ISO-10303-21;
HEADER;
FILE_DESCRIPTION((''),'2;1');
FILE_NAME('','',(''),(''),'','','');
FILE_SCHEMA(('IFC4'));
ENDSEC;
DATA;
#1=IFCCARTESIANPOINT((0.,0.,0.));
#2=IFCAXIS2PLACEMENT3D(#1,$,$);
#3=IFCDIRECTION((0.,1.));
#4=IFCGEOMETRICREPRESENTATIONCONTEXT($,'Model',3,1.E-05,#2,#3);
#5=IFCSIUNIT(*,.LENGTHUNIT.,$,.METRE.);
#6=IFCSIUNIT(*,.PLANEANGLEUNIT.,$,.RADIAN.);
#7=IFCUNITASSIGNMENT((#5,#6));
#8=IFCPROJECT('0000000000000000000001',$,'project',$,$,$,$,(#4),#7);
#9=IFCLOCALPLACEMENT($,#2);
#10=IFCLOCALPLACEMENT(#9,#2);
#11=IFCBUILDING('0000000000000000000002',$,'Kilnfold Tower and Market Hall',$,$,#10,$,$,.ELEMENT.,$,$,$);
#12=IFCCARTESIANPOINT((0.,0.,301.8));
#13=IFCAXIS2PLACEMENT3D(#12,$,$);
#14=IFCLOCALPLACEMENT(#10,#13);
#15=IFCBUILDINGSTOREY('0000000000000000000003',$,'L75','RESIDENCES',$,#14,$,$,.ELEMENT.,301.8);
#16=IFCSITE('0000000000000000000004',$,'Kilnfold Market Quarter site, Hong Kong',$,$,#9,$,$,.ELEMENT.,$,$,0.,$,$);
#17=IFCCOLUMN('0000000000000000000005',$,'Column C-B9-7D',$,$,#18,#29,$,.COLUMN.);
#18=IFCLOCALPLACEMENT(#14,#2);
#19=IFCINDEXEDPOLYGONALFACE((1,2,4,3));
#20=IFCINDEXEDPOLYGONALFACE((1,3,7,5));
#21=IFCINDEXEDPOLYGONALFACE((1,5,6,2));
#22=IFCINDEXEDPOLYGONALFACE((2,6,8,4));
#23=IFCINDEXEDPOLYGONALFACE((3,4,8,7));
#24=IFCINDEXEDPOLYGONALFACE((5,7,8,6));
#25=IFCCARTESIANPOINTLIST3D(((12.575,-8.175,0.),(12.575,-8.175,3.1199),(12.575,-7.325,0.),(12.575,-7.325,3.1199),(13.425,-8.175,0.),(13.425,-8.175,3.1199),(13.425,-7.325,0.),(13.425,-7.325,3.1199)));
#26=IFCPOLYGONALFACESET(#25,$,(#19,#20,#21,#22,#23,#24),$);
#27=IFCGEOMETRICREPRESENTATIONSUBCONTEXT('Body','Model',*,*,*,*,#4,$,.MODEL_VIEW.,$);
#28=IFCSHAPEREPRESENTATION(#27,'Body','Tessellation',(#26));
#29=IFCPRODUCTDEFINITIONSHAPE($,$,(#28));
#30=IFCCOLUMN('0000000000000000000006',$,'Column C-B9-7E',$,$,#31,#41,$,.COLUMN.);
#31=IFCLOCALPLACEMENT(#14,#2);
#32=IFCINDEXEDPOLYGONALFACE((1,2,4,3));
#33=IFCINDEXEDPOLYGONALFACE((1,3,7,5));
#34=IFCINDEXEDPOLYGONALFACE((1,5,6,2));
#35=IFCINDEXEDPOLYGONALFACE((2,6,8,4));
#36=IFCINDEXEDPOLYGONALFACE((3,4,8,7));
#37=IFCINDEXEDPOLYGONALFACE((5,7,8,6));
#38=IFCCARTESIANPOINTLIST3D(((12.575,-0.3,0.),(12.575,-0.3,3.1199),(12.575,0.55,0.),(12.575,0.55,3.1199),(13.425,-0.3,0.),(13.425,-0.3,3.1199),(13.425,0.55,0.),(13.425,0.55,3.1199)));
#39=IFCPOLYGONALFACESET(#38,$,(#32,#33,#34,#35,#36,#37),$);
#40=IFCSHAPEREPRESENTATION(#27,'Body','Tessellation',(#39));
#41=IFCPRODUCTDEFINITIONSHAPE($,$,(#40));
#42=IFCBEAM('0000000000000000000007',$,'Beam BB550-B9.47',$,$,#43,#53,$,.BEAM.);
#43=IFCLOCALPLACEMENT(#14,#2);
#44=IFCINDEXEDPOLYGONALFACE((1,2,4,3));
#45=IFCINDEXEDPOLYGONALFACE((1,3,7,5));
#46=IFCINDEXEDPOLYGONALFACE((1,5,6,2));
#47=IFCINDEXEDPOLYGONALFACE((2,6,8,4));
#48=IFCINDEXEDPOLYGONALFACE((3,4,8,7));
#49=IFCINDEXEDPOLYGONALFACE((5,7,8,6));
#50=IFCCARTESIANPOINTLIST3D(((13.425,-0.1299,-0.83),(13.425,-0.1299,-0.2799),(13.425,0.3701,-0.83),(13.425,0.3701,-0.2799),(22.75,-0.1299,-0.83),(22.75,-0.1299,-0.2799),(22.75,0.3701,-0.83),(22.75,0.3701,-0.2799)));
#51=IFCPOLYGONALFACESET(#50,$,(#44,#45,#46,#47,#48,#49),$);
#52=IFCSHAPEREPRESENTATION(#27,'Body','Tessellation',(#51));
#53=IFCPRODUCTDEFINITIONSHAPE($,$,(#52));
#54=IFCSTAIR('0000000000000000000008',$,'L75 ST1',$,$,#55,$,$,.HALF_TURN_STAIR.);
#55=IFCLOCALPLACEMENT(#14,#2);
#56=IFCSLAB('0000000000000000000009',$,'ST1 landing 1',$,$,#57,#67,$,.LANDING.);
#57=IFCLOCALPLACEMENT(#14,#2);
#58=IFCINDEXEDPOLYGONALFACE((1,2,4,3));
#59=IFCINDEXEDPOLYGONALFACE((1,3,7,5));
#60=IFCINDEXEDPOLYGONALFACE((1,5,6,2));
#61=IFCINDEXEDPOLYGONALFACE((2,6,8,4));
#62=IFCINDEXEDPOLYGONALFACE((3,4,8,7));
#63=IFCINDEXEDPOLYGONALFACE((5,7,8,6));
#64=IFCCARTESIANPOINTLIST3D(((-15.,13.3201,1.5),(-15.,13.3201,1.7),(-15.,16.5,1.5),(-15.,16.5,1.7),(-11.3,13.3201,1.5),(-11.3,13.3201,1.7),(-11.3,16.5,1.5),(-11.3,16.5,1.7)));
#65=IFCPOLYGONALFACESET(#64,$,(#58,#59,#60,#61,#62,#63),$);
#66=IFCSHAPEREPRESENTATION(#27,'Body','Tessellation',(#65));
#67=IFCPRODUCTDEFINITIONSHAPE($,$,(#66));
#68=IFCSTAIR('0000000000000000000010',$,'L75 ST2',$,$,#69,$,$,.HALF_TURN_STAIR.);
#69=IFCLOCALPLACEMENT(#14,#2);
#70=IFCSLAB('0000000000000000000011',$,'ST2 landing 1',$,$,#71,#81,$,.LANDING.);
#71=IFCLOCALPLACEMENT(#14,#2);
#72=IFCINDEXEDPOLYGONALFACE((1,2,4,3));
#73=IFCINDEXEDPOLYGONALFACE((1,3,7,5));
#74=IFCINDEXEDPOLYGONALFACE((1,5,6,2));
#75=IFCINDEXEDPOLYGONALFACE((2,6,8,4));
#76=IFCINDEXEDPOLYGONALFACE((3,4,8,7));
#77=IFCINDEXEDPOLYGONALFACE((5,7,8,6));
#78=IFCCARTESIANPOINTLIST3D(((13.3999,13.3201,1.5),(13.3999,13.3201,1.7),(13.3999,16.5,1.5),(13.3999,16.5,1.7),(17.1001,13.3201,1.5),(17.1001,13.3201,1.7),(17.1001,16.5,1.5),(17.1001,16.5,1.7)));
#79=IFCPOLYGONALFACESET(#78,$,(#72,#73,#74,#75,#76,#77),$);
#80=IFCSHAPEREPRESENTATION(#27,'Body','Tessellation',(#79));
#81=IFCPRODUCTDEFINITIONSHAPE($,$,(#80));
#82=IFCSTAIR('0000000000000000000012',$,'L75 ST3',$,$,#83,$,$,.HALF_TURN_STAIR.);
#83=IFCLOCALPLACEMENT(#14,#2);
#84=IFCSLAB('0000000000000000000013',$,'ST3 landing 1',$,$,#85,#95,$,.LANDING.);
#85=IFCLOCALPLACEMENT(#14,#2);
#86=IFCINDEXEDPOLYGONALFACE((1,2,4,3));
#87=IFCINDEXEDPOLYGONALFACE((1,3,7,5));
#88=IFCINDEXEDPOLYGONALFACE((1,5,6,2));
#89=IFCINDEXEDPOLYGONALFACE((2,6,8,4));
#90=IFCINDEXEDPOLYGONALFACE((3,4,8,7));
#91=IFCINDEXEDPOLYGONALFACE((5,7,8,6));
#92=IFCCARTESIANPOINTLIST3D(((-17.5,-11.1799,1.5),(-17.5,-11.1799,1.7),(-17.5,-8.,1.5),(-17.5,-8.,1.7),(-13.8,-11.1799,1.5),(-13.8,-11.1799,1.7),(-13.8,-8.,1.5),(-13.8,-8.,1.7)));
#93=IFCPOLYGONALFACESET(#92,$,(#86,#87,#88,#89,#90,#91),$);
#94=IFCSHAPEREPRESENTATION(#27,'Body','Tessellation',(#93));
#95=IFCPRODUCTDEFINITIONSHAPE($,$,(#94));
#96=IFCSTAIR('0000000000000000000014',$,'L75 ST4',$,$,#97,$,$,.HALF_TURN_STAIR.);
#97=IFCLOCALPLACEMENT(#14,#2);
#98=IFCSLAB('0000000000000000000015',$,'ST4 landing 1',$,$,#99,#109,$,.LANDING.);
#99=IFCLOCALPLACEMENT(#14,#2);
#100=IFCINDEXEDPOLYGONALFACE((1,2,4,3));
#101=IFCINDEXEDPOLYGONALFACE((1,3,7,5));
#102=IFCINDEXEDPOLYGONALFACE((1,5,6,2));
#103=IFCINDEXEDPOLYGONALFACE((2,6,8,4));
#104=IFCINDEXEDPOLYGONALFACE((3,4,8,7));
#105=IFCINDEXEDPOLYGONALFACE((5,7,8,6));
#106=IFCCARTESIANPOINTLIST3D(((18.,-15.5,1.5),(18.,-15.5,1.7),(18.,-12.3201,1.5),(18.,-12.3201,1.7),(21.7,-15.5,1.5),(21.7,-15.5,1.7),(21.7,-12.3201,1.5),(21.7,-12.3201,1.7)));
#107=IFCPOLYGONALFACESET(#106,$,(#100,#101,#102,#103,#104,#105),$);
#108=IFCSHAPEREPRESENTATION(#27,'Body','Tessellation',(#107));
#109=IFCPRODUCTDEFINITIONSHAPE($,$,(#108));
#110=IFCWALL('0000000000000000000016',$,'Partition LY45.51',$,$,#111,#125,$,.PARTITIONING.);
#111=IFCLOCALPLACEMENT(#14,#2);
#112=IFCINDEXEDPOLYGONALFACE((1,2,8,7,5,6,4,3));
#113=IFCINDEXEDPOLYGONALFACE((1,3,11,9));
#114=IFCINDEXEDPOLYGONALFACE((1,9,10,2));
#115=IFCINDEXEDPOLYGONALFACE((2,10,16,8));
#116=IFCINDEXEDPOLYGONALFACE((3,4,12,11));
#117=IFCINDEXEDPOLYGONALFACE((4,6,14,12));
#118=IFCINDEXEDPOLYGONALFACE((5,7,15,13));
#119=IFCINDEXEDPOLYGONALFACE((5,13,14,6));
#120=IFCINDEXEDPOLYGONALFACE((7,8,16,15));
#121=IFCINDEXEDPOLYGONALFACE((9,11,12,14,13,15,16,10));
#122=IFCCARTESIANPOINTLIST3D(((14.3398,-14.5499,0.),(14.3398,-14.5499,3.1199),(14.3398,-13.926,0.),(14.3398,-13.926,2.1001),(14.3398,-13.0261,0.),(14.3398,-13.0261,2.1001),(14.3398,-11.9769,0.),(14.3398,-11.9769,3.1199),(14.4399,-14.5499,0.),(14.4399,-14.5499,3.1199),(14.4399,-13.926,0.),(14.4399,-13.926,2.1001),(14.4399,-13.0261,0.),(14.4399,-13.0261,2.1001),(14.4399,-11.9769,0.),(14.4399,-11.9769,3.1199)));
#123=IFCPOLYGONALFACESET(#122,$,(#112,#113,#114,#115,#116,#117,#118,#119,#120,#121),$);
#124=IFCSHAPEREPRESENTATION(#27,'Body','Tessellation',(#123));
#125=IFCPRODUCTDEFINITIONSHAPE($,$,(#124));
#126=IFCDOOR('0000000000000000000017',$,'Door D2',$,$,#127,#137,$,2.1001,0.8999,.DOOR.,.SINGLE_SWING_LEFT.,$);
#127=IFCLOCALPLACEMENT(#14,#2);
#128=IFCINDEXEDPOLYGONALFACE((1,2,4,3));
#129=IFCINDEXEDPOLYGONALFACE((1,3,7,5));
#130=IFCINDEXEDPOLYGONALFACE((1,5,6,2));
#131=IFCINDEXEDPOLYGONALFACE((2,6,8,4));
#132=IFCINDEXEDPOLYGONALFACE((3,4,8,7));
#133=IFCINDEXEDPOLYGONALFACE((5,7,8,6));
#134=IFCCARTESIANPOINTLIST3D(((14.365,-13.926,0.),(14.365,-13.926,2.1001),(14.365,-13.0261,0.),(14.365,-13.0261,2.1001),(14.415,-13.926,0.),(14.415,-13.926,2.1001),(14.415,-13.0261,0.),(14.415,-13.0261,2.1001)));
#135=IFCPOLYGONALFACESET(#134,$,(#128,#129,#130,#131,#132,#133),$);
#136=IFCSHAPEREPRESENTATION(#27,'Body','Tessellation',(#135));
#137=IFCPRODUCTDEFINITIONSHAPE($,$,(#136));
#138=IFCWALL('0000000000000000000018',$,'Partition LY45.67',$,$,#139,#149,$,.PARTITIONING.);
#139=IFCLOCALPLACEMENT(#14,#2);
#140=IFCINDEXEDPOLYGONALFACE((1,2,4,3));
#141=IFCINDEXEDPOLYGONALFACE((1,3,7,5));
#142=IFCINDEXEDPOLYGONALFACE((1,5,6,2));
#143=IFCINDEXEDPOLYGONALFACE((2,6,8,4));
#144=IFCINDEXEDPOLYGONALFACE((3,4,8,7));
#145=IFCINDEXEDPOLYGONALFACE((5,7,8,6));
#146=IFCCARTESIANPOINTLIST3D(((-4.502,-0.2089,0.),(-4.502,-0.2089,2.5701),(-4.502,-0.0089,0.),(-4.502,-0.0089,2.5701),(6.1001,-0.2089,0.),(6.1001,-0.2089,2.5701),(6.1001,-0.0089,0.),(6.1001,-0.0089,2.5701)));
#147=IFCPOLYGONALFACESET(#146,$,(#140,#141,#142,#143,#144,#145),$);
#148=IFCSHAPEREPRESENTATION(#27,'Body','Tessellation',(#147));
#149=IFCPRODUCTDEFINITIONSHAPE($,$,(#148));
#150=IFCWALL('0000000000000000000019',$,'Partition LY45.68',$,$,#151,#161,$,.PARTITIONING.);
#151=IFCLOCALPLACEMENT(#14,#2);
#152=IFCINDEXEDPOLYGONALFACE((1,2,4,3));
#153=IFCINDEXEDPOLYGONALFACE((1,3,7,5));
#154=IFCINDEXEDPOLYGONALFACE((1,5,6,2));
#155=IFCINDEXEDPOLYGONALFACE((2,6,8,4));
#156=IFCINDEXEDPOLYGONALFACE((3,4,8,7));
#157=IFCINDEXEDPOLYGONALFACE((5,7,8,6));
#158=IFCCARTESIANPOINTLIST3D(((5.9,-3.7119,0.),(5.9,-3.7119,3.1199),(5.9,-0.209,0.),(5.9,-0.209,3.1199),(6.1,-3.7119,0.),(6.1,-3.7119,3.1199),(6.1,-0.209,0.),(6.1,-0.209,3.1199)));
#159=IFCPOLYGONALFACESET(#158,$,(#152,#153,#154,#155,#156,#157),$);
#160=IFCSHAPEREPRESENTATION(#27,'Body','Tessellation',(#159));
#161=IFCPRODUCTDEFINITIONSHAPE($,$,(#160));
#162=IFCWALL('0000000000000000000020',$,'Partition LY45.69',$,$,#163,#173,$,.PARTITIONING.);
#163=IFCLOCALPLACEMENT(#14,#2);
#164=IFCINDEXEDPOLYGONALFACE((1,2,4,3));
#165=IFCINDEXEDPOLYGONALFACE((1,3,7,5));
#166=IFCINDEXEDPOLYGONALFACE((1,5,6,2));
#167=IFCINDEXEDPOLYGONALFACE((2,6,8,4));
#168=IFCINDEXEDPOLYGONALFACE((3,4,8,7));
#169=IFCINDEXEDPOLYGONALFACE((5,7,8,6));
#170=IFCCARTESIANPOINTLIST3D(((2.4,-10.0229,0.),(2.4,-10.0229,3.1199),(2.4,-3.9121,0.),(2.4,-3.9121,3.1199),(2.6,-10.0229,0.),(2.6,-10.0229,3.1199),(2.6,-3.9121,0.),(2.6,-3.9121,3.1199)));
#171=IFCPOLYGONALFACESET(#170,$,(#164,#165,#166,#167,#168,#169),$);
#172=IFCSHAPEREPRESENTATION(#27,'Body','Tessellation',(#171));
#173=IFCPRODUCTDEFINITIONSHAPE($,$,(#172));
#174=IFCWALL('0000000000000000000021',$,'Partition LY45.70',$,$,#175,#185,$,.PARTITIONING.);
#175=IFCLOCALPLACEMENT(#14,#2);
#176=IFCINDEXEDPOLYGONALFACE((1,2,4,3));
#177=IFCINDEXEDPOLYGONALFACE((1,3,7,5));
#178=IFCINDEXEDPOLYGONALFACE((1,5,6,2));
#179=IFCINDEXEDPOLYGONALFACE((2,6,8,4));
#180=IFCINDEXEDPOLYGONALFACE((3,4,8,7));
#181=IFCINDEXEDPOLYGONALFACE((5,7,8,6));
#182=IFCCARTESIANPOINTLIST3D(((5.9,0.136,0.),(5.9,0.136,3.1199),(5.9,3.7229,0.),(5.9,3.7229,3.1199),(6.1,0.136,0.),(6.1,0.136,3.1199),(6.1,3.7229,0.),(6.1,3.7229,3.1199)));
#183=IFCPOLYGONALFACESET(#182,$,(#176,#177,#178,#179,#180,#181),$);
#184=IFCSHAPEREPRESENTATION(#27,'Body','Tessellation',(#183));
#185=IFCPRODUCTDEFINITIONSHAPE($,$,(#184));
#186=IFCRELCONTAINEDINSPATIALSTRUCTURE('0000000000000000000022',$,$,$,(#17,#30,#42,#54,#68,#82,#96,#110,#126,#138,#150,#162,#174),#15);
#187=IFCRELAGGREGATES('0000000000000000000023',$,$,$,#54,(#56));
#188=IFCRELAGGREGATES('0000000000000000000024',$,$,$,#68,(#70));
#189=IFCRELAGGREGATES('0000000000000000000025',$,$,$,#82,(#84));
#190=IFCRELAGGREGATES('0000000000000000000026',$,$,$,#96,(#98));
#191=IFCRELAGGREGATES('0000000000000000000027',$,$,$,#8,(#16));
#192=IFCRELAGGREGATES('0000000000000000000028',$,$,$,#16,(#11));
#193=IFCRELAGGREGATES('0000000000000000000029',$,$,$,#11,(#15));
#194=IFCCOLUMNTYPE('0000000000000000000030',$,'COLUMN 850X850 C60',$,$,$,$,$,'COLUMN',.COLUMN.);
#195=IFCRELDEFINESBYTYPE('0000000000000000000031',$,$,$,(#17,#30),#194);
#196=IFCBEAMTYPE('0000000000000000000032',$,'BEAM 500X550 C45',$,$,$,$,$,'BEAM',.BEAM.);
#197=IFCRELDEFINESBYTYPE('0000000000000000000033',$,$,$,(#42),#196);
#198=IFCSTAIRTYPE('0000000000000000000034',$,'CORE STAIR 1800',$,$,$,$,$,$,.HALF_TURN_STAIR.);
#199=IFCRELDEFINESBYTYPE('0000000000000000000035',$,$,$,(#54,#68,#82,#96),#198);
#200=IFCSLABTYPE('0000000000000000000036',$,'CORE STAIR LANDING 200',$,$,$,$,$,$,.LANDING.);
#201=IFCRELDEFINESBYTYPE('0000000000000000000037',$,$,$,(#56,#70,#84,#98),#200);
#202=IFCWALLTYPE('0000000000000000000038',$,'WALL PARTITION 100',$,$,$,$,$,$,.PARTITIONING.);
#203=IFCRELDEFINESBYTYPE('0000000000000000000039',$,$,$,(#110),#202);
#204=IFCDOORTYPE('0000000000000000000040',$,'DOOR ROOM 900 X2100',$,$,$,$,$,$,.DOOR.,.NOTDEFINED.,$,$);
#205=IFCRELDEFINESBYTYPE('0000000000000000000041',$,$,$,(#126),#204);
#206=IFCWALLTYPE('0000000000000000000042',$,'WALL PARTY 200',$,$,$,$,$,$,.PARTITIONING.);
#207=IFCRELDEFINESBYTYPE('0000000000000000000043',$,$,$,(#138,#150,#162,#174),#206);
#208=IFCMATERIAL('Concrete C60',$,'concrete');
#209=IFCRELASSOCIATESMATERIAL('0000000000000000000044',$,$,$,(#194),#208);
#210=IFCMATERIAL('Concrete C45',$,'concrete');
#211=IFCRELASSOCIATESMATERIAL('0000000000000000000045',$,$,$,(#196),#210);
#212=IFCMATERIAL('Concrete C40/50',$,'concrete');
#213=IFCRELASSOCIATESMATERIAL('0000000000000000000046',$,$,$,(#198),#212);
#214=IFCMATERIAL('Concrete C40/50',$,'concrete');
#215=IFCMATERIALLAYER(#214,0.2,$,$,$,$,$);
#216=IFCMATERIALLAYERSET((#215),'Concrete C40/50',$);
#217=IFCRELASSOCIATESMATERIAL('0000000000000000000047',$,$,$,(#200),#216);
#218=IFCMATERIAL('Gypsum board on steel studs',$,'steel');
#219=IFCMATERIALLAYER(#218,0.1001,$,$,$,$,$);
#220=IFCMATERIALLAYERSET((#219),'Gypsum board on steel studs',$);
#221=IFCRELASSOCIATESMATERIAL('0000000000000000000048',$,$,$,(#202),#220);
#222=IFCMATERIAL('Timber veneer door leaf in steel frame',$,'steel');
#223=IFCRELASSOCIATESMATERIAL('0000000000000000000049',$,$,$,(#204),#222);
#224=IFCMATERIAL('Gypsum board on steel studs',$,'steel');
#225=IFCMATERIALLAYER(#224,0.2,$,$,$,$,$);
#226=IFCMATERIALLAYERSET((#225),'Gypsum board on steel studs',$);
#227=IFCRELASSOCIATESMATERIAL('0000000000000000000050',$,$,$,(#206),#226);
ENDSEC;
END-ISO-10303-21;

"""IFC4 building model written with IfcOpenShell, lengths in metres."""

from ifc_helpers import new_model, si_unit, direction, frame, frame_2d, origin, origin_2d, place, context, subcontext, project, spatial, polyline, rectangle, outline, extrude, source, transform, mapped, material, layer, layer_set, material_profile, profile_set, type_object, element, fill, aggregate, save


model = new_model("IFC4")

# Units and contexts
model_context = context("Model", 3, precision=1e-05, world=origin(), true_north=direction((0.0, 1.0)))
body_context = subcontext(model_context, "Body", "Model", "MODEL_VIEW")
ifc_project = project(units=[si_unit("LENGTHUNIT", "METRE"), si_unit("PLANEANGLEUNIT", "RADIAN")], contexts=[model_context])

# Site, building, storey
site_placement = place(None, origin())
site = spatial("IfcSite", under=ifc_project, at=site_placement, Name="Kilnfold Market Quarter site, Hong Kong", CompositionType="ELEMENT", RefElevation=0.0)
building_placement = place(site_placement, origin())
building = spatial("IfcBuilding", under=site, at=building_placement, Name="Kilnfold Tower and Market Hall", CompositionType="ELEMENT")
storey_placement = place(building_placement, frame((0.0, 0.0, 301.8)))
storey = spatial("IfcBuildingStorey", under=building, at=storey_placement, Name="L75", Description="RESIDENCES", CompositionType="ELEMENT", Elevation=301.8)

# Columns
ifc_material_1 = material(Name="Concrete C60", Category="concrete")
ifc_material_profile_1 = material_profile(ifc_material_1, rectangle(XDim=0.8501, YDim=0.8501, at=origin_2d()), Name="RC 850x850")
ifc_profile_set_1 = profile_set([ifc_material_profile_1], Name="Concrete C60")
column_type = type_object("IfcColumnType", Name="COLUMN 850X850 C60", ElementType="COLUMN", PredefinedType="COLUMN", material=ifc_profile_set_1)
shared_shape_1 = source(origin(), body_context, "Body", "SweptSolid", [
    extrude(rectangle(XDim=0.8501, YDim=0.8501, at=origin_2d()), origin(), (0.0, 0.0, 1.0), 3.1199),
])
for number, where, z_axis, x_axis, name in (
    (1, (13.0, -7.75, 0.0), (0.0, 0.0, 1.0), (1.0, 0.0, 0.0), "Column C-B9-7D"),
    (2, (13.0, 0.125, 0.0), (0.0, 0.0, 1.0), (1.0, 0.0, 0.0), "Column C-B9-7E"),
):
    element("IfcColumn", number, at=place(storey_placement, frame(where, z_axis=z_axis, x_axis=x_axis)), inside=storey, type_object=column_type, Name=name, PredefinedType="COLUMN", context=body_context, shape_type="MappedRepresentation", body=[
        mapped(shared_shape_1, transform((0.0, 0.0, 0.0))),
    ])

# Beam
ifc_material_2 = material(Name="Concrete C45", Category="concrete")
ifc_material_profile_2 = material_profile(ifc_material_2, rectangle(XDim=0.5, YDim=0.55, at=origin_2d()), Name="RC 500x550")
ifc_profile_set_2 = profile_set([ifc_material_profile_2], Name="Concrete C45")
beam_type = type_object("IfcBeamType", Name="BEAM 500X550 C45", ElementType="BEAM", PredefinedType="BEAM", material=ifc_profile_set_2)
shared_shape_2 = source(origin(), body_context, "Body", "SweptSolid", [
    extrude(rectangle(XDim=0.5, YDim=0.55, at=origin_2d()), origin(), (0.0, 0.0, 1.0), 9.325),
])
beam_placement = place(storey_placement, frame((13.425, 0.1201, -0.5549), z_axis=(1.0, 0.0, 0.0), x_axis=(0.0, 1.0, 0.0)))
element("IfcBeam", 3, at=beam_placement, inside=storey, type_object=beam_type, Name="Beam BB550-B9.47", PredefinedType="BEAM", context=body_context, shape_type="MappedRepresentation", body=[
    mapped(shared_shape_2, transform((0.0, 0.0, 0.0))),
])

# Stairs, slabs
ifc_material_3 = material(Name="Concrete C40/50", Category="concrete")
stair_type = type_object("IfcStairType", Name="CORE STAIR 1800", PredefinedType="HALF_TURN_STAIR", material=ifc_material_3)
stair_1_placement = place(storey_placement, origin())
stair_1 = element("IfcStair", 4, at=stair_1_placement, inside=storey, type_object=stair_type, Name="L75 ST1", PredefinedType="HALF_TURN_STAIR")
ifc_material_4 = material(Name="Concrete C40/50", Category="concrete")
ifc_layer_1 = layer(ifc_material_4, 0.2)
ifc_layer_set_1 = layer_set([ifc_layer_1], Name="Concrete C40/50")
slab_type = type_object("IfcSlabType", Name="CORE STAIR LANDING 200", PredefinedType="LANDING", material=ifc_layer_set_1)
shared_shape_3 = source(origin(), body_context, "Body", "SweptSolid", [
    extrude(outline(polyline([(-11.3, 13.3201), (-11.3, 16.5), (-15.0, 16.5), (-15.0, 13.3201), (-11.3, 13.3201)])), origin(), (0.0, 0.0, 1.0), 0.2),
])
slab_1_placement = place(storey_placement, frame((0.0, 0.0, 1.5)))
slab_1 = element("IfcSlab", 5, at=slab_1_placement, type_object=slab_type, Name="ST1 landing 1", PredefinedType="LANDING", context=body_context, shape_type="MappedRepresentation", body=[
    mapped(shared_shape_3, transform((0.0, 0.0, 0.0))),
])
aggregate(stair_1, [slab_1])
stair_2_placement = place(storey_placement, origin())
stair_2 = element("IfcStair", 6, at=stair_2_placement, inside=storey, type_object=stair_type, Name="L75 ST2", PredefinedType="HALF_TURN_STAIR")
shared_shape_4 = source(origin(), body_context, "Body", "SweptSolid", [
    extrude(outline(polyline([(17.1001, 13.3201), (17.1001, 16.5), (13.3999, 16.5), (13.3999, 13.3201), (17.1001, 13.3201)])), origin(), (0.0, 0.0, 1.0), 0.2),
])
slab_2_placement = place(storey_placement, frame((0.0, 0.0, 1.5)))
slab_2 = element("IfcSlab", 7, at=slab_2_placement, type_object=slab_type, Name="ST2 landing 1", PredefinedType="LANDING", context=body_context, shape_type="MappedRepresentation", body=[
    mapped(shared_shape_4, transform((0.0, 0.0, 0.0))),
])
aggregate(stair_2, [slab_2])
stair_3_placement = place(storey_placement, origin())
stair_3 = element("IfcStair", 8, at=stair_3_placement, inside=storey, type_object=stair_type, Name="L75 ST3", PredefinedType="HALF_TURN_STAIR")
shared_shape_5 = source(origin(), body_context, "Body", "SweptSolid", [
    extrude(outline(polyline([(-13.8, -11.1799), (-13.8, -8.0), (-17.5, -8.0), (-17.5, -11.1799), (-13.8, -11.1799)])), origin(), (0.0, 0.0, 1.0), 0.2),
])
slab_3_placement = place(storey_placement, frame((0.0, 0.0, 1.5)))
slab_3 = element("IfcSlab", 9, at=slab_3_placement, type_object=slab_type, Name="ST3 landing 1", PredefinedType="LANDING", context=body_context, shape_type="MappedRepresentation", body=[
    mapped(shared_shape_5, transform((0.0, 0.0, 0.0))),
])
aggregate(stair_3, [slab_3])
stair_4_placement = place(storey_placement, origin())
stair_4 = element("IfcStair", 10, at=stair_4_placement, inside=storey, type_object=stair_type, Name="L75 ST4", PredefinedType="HALF_TURN_STAIR")
shared_shape_6 = source(origin(), body_context, "Body", "SweptSolid", [
    extrude(outline(polyline([(18.0, -12.3201), (18.0, -15.5), (21.7, -15.5), (21.7, -12.3201), (18.0, -12.3201)])), origin(), (0.0, 0.0, 1.0), 0.2),
])
slab_4_placement = place(storey_placement, frame((0.0, 0.0, 1.5)))
slab_4 = element("IfcSlab", 11, at=slab_4_placement, type_object=slab_type, Name="ST4 landing 1", PredefinedType="LANDING", context=body_context, shape_type="MappedRepresentation", body=[
    mapped(shared_shape_6, transform((0.0, 0.0, 0.0))),
])
aggregate(stair_4, [slab_4])

# Wall, opening, door
ifc_material_5 = material(Name="Gypsum board on steel studs", Category="steel")
ifc_layer_2 = layer(ifc_material_5, 0.1001)
ifc_layer_set_2 = layer_set([ifc_layer_2], Name="Gypsum board on steel studs")
wall_type_1 = type_object("IfcWallType", Name="WALL PARTITION 100", PredefinedType="PARTITIONING", material=ifc_layer_set_2)
wall_1_placement = place(storey_placement, frame((14.3899, -14.55, 0.0), z_axis=(0.0, 0.0, 1.0), x_axis=(0.0, 1.0, 0.0)))
wall_1 = element("IfcWall", 12, at=wall_1_placement, inside=storey, type_object=wall_type_1, Name="Partition LY45.51", PredefinedType="PARTITIONING", context=body_context, shape_type="SweptSolid", body=[
    extrude(rectangle(XDim=2.573, YDim=0.1001, at=frame_2d((1.2866, 0.0))), origin(), (0.0, 0.0, 1.0), 3.1199),
])
opening_placement = place(wall_1_placement, frame((0.624, 0.0, 0.0)))
opening = element("IfcOpeningElement", 13, at=opening_placement, cuts=wall_1, PredefinedType="OPENING", context=body_context, shape_type="SweptSolid", body=[
    extrude(rectangle(XDim=0.8999, YDim=2.1001, at=frame_2d((0.45, 1.05))), frame((0.0, 0.0601, 0.0), z_axis=(0.0, -1.0, 0.0), x_axis=(1.0, 0.0, 0.0)), (0.0, 0.0, 1.0), 0.1201),
])
ifc_material_6 = material(Name="Timber veneer door leaf in steel frame", Category="steel")
door_type = type_object("IfcDoorType", Name="DOOR ROOM 900 X2100", OperationType="NOTDEFINED", PredefinedType="DOOR", material=ifc_material_6)
door_placement = place(opening_placement, origin())
door = element("IfcDoor", 14, at=door_placement, inside=storey, type_object=door_type, Name="Door D2", OperationType="SINGLE_SWING_LEFT", OverallHeight=2.1001, OverallWidth=0.8999, PredefinedType="DOOR", context=body_context, shape_type="SweptSolid", body=[
    extrude(rectangle(XDim=0.8999, YDim=2.1001, at=frame_2d((0.45, 1.05))), frame((0.0, 0.0249, 0.0), z_axis=(0.0, -1.0, 0.0), x_axis=(1.0, 0.0, 0.0)), (0.0, 0.0, 1.0), 0.05),
])
fill(opening, door)

# Walls
ifc_material_7 = material(Name="Gypsum board on steel studs", Category="steel")
ifc_layer_3 = layer(ifc_material_7, 0.2)
ifc_layer_set_3 = layer_set([ifc_layer_3], Name="Gypsum board on steel studs")
wall_type_2 = type_object("IfcWallType", Name="WALL PARTY 200", PredefinedType="PARTITIONING", material=ifc_layer_set_3)
wall_2_placement = place(storey_placement, frame((6.1001, -0.1089, 0.0), z_axis=(0.0, 0.0, 1.0), x_axis=(-1.0, 0.0, 0.0)))
element("IfcWall", 15, at=wall_2_placement, inside=storey, type_object=wall_type_2, Name="Partition LY45.67", PredefinedType="PARTITIONING", context=body_context, shape_type="SweptSolid", body=[
    extrude(rectangle(XDim=10.6021, YDim=0.2, at=frame_2d((5.301, 0.0))), origin(), (0.0, 0.0, 1.0), 2.5701),
])
wall_3_placement = place(storey_placement, frame((6.0, -3.7119, 0.0), z_axis=(0.0, 0.0, 1.0), x_axis=(0.0, 1.0, 0.0)))
element("IfcWall", 16, at=wall_3_placement, inside=storey, type_object=wall_type_2, Name="Partition LY45.68", PredefinedType="PARTITIONING", context=body_context, shape_type="SweptSolid", body=[
    extrude(rectangle(XDim=3.5029, YDim=0.2, at=frame_2d((1.7515, 0.0))), origin(), (0.0, 0.0, 1.0), 3.1199),
])
wall_4_placement = place(storey_placement, frame((2.5, -10.0229, 0.0), z_axis=(0.0, 0.0, 1.0), x_axis=(0.0, 1.0, 0.0)))
element("IfcWall", 17, at=wall_4_placement, inside=storey, type_object=wall_type_2, Name="Partition LY45.69", PredefinedType="PARTITIONING", context=body_context, shape_type="SweptSolid", body=[
    extrude(rectangle(XDim=6.1108, YDim=0.2, at=frame_2d((3.0554, 0.0))), origin(), (0.0, 0.0, 1.0), 3.1199),
])
wall_5_placement = place(storey_placement, frame((6.0, 0.136, 0.0), z_axis=(0.0, 0.0, 1.0), x_axis=(0.0, 1.0, 0.0)))
element("IfcWall", 18, at=wall_5_placement, inside=storey, type_object=wall_type_2, Name="Partition LY45.70", PredefinedType="PARTITIONING", context=body_context, shape_type="SweptSolid", body=[
    extrude(rectangle(XDim=3.5869, YDim=0.2, at=frame_2d((1.7935, 0.0))), origin(), (0.0, 0.0, 1.0), 3.1199),
])

save(model, "model.ifc")
